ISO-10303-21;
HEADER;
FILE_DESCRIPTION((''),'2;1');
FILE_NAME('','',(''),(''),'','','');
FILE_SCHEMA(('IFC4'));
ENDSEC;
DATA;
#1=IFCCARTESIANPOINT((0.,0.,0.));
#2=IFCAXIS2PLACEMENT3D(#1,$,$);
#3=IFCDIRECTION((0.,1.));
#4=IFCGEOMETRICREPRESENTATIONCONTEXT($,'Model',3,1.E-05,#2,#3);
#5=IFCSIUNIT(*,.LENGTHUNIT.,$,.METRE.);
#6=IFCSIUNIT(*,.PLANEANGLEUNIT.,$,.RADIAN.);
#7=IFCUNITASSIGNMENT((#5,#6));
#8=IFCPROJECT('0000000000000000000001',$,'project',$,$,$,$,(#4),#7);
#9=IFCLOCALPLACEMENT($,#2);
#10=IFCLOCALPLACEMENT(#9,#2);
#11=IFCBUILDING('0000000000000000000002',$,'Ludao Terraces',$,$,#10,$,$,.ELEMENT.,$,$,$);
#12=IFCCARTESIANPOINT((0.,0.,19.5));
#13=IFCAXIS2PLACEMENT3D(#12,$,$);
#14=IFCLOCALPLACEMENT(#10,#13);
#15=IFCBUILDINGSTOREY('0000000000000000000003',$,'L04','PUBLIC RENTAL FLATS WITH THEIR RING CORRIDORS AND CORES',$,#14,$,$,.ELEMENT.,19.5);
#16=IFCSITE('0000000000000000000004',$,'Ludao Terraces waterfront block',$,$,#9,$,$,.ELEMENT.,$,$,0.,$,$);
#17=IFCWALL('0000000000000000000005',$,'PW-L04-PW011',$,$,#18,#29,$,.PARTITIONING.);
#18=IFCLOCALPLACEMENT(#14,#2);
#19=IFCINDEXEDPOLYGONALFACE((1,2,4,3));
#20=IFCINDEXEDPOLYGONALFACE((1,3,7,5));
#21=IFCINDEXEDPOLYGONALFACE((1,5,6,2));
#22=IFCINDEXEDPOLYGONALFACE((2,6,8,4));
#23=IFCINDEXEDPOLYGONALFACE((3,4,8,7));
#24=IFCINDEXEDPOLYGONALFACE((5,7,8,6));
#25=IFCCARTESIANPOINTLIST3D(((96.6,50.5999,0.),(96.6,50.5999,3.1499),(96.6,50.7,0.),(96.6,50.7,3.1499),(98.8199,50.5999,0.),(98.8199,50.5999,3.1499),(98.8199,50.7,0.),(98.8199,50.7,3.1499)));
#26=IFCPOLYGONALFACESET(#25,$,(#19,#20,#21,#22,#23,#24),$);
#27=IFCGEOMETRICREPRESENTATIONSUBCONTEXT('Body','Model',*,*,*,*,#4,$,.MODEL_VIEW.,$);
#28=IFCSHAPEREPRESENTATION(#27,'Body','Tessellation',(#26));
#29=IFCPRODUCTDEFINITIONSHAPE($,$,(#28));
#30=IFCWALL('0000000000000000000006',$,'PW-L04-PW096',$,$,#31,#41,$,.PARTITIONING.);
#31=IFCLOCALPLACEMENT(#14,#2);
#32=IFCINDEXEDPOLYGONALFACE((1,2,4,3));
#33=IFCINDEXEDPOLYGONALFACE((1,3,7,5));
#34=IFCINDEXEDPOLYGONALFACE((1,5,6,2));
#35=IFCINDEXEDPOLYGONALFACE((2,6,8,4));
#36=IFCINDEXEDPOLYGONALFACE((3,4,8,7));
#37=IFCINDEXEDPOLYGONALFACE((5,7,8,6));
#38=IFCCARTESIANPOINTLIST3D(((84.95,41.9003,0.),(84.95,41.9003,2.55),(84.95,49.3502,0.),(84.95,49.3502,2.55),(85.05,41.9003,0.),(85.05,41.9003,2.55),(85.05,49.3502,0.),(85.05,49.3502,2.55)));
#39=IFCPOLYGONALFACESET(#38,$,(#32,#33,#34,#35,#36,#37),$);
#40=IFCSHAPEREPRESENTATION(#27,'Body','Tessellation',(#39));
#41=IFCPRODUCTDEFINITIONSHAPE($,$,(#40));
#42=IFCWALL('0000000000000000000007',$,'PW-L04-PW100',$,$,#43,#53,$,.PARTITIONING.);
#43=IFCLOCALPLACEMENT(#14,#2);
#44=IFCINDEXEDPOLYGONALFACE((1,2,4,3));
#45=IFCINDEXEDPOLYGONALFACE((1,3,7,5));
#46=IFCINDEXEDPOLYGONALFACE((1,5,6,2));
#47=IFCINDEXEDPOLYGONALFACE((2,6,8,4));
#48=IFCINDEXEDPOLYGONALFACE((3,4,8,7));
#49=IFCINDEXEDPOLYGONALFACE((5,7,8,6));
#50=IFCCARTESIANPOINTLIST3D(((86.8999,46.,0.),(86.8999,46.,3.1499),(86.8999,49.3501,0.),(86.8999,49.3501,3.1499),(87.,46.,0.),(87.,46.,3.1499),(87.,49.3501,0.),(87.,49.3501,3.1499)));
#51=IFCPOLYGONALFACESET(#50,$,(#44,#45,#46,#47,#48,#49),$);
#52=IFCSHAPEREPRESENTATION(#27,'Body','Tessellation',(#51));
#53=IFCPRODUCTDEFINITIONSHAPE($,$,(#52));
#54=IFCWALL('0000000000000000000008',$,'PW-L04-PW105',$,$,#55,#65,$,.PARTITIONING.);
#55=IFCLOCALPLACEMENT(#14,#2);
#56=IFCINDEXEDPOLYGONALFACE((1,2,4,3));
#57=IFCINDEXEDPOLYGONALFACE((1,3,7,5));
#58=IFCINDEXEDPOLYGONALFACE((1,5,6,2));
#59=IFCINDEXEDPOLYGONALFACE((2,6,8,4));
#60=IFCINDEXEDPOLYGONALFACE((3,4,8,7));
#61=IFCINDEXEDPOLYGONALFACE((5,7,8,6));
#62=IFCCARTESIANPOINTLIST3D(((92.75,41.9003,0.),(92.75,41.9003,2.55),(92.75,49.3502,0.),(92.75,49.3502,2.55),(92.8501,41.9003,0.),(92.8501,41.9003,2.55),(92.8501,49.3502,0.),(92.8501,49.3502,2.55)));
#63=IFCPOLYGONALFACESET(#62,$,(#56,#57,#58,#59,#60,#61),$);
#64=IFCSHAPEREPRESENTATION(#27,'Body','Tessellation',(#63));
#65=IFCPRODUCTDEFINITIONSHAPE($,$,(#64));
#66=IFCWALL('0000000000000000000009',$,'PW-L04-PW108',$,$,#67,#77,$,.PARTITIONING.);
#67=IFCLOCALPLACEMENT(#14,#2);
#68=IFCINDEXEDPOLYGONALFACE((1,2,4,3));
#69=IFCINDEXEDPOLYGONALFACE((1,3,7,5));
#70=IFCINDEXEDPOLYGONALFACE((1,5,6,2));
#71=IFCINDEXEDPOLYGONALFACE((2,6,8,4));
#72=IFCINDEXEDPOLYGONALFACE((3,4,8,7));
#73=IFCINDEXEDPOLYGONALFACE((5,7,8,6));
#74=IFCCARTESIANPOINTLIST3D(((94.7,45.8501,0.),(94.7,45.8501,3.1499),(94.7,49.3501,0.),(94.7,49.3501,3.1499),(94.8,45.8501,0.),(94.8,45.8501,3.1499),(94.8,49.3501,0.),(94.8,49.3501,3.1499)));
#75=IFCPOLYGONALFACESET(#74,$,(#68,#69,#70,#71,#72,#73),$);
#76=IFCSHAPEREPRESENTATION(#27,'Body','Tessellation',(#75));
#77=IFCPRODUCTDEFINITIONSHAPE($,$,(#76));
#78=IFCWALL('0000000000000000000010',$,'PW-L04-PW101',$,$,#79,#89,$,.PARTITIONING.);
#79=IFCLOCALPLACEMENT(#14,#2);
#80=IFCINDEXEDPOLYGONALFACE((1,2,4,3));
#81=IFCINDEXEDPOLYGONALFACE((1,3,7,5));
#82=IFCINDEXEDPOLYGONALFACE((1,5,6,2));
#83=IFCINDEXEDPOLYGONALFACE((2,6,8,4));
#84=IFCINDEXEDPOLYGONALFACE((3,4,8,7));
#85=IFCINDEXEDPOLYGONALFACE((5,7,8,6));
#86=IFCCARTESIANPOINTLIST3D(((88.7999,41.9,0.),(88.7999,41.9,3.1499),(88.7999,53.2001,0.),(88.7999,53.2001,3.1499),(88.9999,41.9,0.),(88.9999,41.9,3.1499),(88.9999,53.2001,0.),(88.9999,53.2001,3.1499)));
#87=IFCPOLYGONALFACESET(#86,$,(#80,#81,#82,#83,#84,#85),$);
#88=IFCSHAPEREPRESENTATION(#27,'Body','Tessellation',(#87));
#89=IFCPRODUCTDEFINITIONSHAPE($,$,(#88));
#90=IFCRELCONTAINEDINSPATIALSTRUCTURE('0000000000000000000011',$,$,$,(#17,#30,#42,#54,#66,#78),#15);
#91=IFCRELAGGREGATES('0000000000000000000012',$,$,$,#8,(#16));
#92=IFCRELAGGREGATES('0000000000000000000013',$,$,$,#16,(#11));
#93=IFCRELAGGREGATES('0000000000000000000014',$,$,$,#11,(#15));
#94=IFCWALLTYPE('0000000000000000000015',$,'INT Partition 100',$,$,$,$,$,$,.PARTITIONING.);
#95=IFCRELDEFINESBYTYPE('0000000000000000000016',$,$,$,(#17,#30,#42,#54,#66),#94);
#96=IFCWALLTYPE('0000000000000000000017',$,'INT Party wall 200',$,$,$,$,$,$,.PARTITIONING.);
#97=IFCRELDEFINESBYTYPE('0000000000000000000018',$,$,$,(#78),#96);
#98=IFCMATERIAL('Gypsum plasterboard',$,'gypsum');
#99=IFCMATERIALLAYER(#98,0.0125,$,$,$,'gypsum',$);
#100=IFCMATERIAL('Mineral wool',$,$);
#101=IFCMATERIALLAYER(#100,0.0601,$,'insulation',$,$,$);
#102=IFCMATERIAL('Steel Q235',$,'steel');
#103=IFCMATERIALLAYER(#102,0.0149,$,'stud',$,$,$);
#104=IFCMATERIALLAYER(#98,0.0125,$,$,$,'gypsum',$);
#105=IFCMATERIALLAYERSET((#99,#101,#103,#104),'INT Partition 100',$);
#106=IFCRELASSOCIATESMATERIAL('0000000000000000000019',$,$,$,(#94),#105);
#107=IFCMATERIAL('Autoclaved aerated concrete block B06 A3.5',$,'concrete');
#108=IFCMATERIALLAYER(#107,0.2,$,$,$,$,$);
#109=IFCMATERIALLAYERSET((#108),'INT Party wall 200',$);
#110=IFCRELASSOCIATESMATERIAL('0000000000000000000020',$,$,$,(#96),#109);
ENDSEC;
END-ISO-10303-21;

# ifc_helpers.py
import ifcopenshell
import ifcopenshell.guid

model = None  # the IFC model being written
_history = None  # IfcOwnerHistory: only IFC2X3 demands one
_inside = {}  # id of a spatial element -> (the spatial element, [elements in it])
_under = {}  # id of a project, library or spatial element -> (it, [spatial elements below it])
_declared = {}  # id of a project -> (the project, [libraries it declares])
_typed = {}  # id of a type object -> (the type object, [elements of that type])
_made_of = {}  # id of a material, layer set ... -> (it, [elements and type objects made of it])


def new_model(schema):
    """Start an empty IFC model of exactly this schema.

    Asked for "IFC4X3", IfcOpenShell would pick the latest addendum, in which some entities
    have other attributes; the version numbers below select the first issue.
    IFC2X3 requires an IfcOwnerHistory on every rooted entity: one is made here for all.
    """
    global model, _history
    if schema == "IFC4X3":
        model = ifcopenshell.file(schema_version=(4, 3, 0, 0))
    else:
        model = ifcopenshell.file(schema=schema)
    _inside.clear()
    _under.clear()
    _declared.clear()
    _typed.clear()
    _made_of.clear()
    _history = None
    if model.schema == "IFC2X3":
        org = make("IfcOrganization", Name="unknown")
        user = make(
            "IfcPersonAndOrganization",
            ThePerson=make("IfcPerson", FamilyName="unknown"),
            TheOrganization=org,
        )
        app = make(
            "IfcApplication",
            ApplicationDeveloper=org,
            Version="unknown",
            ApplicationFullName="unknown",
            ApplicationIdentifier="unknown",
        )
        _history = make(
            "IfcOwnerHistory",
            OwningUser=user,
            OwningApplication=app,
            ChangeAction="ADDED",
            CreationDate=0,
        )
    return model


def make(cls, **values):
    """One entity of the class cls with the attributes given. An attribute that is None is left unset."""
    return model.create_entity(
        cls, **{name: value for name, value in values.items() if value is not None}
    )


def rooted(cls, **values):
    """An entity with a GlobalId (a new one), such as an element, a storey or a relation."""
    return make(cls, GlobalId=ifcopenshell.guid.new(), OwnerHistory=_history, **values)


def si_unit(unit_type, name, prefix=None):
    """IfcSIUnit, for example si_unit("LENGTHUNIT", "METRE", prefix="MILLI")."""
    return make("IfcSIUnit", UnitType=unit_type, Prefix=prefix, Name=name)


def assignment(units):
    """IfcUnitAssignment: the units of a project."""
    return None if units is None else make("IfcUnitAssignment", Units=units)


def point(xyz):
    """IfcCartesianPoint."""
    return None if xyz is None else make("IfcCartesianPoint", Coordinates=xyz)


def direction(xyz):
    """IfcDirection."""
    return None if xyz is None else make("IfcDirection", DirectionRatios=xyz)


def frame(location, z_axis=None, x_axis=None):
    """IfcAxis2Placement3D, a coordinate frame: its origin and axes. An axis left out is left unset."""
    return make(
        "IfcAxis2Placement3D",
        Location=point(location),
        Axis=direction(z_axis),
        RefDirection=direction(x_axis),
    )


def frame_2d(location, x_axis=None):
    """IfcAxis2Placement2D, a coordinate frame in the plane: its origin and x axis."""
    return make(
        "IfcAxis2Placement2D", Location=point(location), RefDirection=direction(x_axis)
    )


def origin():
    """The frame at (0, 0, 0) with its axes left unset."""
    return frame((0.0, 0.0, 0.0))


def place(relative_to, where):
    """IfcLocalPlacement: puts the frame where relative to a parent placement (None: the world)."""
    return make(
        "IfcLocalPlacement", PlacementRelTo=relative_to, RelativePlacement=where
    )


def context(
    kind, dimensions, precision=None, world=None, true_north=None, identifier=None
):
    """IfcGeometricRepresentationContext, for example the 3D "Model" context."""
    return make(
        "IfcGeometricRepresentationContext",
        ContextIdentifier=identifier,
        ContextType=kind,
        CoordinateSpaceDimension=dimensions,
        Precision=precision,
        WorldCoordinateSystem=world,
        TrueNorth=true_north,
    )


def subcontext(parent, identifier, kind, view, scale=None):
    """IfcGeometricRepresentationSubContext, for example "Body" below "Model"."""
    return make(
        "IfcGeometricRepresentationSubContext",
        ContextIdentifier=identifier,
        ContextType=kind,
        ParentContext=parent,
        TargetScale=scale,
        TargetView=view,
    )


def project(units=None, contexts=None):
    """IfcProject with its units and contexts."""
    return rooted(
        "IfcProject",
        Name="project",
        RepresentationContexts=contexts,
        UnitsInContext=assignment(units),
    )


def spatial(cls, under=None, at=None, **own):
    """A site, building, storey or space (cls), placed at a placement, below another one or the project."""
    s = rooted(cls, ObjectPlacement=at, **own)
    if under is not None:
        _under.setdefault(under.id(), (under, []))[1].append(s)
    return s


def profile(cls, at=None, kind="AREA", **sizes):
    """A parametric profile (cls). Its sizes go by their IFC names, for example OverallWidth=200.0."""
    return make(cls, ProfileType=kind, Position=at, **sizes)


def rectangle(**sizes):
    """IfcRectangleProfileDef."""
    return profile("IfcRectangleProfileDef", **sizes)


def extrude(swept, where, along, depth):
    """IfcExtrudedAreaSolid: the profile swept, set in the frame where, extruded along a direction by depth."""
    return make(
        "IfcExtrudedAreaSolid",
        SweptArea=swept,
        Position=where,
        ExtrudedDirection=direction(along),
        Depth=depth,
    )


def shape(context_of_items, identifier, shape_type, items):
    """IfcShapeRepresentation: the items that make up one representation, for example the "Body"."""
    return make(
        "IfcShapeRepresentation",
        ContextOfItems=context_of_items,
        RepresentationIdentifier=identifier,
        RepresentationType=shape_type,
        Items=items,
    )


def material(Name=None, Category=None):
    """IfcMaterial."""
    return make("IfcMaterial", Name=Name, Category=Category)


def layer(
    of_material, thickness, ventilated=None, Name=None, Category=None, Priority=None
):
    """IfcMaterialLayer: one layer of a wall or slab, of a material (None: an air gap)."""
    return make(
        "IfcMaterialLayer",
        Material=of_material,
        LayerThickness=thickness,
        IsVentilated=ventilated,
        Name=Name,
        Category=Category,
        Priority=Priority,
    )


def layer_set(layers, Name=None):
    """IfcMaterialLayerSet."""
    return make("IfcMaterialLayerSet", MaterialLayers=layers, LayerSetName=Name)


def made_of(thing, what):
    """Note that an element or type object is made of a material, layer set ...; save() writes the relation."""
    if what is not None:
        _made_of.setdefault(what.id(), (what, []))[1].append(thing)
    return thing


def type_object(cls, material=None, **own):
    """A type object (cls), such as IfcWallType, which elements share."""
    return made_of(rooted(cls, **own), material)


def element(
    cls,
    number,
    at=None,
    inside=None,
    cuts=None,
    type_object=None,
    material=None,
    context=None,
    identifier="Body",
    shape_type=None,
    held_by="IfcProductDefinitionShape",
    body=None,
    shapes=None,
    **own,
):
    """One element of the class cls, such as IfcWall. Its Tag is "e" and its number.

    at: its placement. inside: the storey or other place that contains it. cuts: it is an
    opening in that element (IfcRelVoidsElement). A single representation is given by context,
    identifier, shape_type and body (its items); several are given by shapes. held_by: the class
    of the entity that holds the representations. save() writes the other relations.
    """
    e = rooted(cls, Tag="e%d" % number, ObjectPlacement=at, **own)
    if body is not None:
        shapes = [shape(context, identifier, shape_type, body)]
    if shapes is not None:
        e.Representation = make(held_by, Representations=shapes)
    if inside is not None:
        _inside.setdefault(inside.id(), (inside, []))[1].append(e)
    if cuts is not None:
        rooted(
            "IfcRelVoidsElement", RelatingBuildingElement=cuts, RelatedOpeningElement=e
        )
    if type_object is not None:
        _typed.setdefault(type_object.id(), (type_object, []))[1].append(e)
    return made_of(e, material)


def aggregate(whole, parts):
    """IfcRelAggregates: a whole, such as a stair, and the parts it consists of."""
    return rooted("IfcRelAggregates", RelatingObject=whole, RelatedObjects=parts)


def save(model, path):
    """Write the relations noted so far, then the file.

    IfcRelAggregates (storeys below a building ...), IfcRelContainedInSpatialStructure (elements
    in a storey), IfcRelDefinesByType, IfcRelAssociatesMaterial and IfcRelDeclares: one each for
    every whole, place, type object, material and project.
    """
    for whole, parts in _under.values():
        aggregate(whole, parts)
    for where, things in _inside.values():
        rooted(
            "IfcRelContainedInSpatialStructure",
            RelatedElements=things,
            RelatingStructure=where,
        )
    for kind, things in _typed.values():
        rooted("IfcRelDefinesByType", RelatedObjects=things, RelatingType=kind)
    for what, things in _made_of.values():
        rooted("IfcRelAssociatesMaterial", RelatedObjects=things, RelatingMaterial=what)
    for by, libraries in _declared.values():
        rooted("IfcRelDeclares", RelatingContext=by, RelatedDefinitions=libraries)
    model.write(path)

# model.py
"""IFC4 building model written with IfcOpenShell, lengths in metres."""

from ifc_helpers import new_model, si_unit, direction, frame, frame_2d, origin, place, context, subcontext, project, spatial, rectangle, extrude, material, layer, layer_set, type_object, element, save


model = new_model("IFC4")

# Units and contexts
model_context = context("Model", 3, precision=1e-05, world=origin(), true_north=direction((0.0, 1.0)))
body_context = subcontext(model_context, "Body", "Model", "MODEL_VIEW")
ifc_project = project(units=[si_unit("LENGTHUNIT", "METRE"), si_unit("PLANEANGLEUNIT", "RADIAN")], contexts=[model_context])

# Site, building, storey
site_placement = place(None, origin())
site = spatial("IfcSite", under=ifc_project, at=site_placement, Name="Ludao Terraces waterfront block", CompositionType="ELEMENT", RefElevation=0.0)
building_placement = place(site_placement, origin())
building = spatial("IfcBuilding", under=site, at=building_placement, Name="Ludao Terraces", CompositionType="ELEMENT")
storey_placement = place(building_placement, frame((0.0, 0.0, 19.5)))
storey = spatial("IfcBuildingStorey", under=building, at=storey_placement, Name="L04", Description="PUBLIC RENTAL FLATS WITH THEIR RING CORRIDORS AND CORES", CompositionType="ELEMENT", Elevation=19.5)

# Shared definitions
ifc_material_1 = material(Name="Gypsum plasterboard", Category="gypsum")
ifc_layer_1 = layer(ifc_material_1, 0.0125, Category="gypsum")
ifc_material_2 = material(Name="Mineral wool")
ifc_layer_2 = layer(ifc_material_2, 0.0601, Name="insulation")
ifc_material_3 = material(Name="Steel Q235", Category="steel")
ifc_layer_3 = layer(ifc_material_3, 0.0149, Name="stud")
ifc_layer_4 = layer(ifc_material_1, 0.0125, Category="gypsum")
ifc_layer_set_1 = layer_set([ifc_layer_1, ifc_layer_2, ifc_layer_3, ifc_layer_4], Name="INT Partition 100")
wall_type_1 = type_object("IfcWallType", Name="INT Partition 100", PredefinedType="PARTITIONING", material=ifc_layer_set_1)

# Walls
for number, where, z_axis, x_axis, name in (
    (1, (96.6001, 50.6499, 0.0), (0.0, 0.0, 1.0), (1.0, 0.0, 0.0), "PW-L04-PW011"),
):
    element("IfcWall", number, at=place(storey_placement, frame(where, z_axis=z_axis, x_axis=x_axis)), inside=storey, type_object=wall_type_1, Name=name, PredefinedType="PARTITIONING", context=body_context, shape_type="SweptSolid", body=[
        extrude(rectangle(XDim=2.22, YDim=0.1001, at=frame_2d((1.1099, 0.0))), origin(), (0.0, 0.0, 1.0), 3.1499),
    ])
wall_1_placement = place(storey_placement, frame((85.0, 41.9001, 0.0), z_axis=(0.0, 0.0, 1.0), x_axis=(0.0, 1.0, 0.0)))
element("IfcWall", 2, at=wall_1_placement, inside=storey, type_object=wall_type_1, Name="PW-L04-PW096", PredefinedType="PARTITIONING", context=body_context, shape_type="SweptSolid", body=[
    extrude(rectangle(XDim=7.45, YDim=0.1001, at=frame_2d((3.7251, 0.0))), origin(), (0.0, 0.0, 1.0), 2.55),
])
wall_2_placement = place(storey_placement, frame((86.95, 46.0, 0.0), z_axis=(0.0, 0.0, 1.0), x_axis=(0.0, 1.0, 0.0)))
element("IfcWall", 3, at=wall_2_placement, inside=storey, type_object=wall_type_1, Name="PW-L04-PW100", PredefinedType="PARTITIONING", context=body_context, shape_type="SweptSolid", body=[
    extrude(rectangle(XDim=3.3501, YDim=0.1001, at=frame_2d((1.675, 0.0))), origin(), (0.0, 0.0, 1.0), 3.1499),
])
wall_3_placement = place(storey_placement, frame((92.8, 41.9001, 0.0), z_axis=(0.0, 0.0, 1.0), x_axis=(0.0, 1.0, 0.0)))
element("IfcWall", 4, at=wall_3_placement, inside=storey, type_object=wall_type_1, Name="PW-L04-PW105", PredefinedType="PARTITIONING", context=body_context, shape_type="SweptSolid", body=[
    extrude(rectangle(XDim=7.45, YDim=0.1001, at=frame_2d((3.7251, 0.0))), origin(), (0.0, 0.0, 1.0), 2.55),
])
wall_4_placement = place(storey_placement, frame((94.75, 45.8501, 0.0), z_axis=(0.0, 0.0, 1.0), x_axis=(0.0, 1.0, 0.0)))
element("IfcWall", 5, at=wall_4_placement, inside=storey, type_object=wall_type_1, Name="PW-L04-PW108", PredefinedType="PARTITIONING", context=body_context, shape_type="SweptSolid", body=[
    extrude(rectangle(XDim=3.5, YDim=0.1001, at=frame_2d((1.75, 0.0))), origin(), (0.0, 0.0, 1.0), 3.1499),
])
ifc_material_4 = material(Name="Autoclaved aerated concrete block B06 A3.5", Category="concrete")
ifc_layer_5 = layer(ifc_material_4, 0.2)
ifc_layer_set_2 = layer_set([ifc_layer_5], Name="INT Party wall 200")
wall_type_2 = type_object("IfcWallType", Name="INT Party wall 200", PredefinedType="PARTITIONING", material=ifc_layer_set_2)
wall_5_placement = place(storey_placement, frame((88.8999, 41.9001, 0.0), z_axis=(0.0, 0.0, 1.0), x_axis=(0.0, 1.0, 0.0)))
element("IfcWall", 6, at=wall_5_placement, inside=storey, type_object=wall_type_2, Name="PW-L04-PW101", PredefinedType="PARTITIONING", context=body_context, shape_type="SweptSolid", body=[
    extrude(rectangle(XDim=11.3, YDim=0.2, at=frame_2d((5.6499, 0.0))), origin(), (0.0, 0.0, 1.0), 3.1499),
])

save(model, "model.ifc")
